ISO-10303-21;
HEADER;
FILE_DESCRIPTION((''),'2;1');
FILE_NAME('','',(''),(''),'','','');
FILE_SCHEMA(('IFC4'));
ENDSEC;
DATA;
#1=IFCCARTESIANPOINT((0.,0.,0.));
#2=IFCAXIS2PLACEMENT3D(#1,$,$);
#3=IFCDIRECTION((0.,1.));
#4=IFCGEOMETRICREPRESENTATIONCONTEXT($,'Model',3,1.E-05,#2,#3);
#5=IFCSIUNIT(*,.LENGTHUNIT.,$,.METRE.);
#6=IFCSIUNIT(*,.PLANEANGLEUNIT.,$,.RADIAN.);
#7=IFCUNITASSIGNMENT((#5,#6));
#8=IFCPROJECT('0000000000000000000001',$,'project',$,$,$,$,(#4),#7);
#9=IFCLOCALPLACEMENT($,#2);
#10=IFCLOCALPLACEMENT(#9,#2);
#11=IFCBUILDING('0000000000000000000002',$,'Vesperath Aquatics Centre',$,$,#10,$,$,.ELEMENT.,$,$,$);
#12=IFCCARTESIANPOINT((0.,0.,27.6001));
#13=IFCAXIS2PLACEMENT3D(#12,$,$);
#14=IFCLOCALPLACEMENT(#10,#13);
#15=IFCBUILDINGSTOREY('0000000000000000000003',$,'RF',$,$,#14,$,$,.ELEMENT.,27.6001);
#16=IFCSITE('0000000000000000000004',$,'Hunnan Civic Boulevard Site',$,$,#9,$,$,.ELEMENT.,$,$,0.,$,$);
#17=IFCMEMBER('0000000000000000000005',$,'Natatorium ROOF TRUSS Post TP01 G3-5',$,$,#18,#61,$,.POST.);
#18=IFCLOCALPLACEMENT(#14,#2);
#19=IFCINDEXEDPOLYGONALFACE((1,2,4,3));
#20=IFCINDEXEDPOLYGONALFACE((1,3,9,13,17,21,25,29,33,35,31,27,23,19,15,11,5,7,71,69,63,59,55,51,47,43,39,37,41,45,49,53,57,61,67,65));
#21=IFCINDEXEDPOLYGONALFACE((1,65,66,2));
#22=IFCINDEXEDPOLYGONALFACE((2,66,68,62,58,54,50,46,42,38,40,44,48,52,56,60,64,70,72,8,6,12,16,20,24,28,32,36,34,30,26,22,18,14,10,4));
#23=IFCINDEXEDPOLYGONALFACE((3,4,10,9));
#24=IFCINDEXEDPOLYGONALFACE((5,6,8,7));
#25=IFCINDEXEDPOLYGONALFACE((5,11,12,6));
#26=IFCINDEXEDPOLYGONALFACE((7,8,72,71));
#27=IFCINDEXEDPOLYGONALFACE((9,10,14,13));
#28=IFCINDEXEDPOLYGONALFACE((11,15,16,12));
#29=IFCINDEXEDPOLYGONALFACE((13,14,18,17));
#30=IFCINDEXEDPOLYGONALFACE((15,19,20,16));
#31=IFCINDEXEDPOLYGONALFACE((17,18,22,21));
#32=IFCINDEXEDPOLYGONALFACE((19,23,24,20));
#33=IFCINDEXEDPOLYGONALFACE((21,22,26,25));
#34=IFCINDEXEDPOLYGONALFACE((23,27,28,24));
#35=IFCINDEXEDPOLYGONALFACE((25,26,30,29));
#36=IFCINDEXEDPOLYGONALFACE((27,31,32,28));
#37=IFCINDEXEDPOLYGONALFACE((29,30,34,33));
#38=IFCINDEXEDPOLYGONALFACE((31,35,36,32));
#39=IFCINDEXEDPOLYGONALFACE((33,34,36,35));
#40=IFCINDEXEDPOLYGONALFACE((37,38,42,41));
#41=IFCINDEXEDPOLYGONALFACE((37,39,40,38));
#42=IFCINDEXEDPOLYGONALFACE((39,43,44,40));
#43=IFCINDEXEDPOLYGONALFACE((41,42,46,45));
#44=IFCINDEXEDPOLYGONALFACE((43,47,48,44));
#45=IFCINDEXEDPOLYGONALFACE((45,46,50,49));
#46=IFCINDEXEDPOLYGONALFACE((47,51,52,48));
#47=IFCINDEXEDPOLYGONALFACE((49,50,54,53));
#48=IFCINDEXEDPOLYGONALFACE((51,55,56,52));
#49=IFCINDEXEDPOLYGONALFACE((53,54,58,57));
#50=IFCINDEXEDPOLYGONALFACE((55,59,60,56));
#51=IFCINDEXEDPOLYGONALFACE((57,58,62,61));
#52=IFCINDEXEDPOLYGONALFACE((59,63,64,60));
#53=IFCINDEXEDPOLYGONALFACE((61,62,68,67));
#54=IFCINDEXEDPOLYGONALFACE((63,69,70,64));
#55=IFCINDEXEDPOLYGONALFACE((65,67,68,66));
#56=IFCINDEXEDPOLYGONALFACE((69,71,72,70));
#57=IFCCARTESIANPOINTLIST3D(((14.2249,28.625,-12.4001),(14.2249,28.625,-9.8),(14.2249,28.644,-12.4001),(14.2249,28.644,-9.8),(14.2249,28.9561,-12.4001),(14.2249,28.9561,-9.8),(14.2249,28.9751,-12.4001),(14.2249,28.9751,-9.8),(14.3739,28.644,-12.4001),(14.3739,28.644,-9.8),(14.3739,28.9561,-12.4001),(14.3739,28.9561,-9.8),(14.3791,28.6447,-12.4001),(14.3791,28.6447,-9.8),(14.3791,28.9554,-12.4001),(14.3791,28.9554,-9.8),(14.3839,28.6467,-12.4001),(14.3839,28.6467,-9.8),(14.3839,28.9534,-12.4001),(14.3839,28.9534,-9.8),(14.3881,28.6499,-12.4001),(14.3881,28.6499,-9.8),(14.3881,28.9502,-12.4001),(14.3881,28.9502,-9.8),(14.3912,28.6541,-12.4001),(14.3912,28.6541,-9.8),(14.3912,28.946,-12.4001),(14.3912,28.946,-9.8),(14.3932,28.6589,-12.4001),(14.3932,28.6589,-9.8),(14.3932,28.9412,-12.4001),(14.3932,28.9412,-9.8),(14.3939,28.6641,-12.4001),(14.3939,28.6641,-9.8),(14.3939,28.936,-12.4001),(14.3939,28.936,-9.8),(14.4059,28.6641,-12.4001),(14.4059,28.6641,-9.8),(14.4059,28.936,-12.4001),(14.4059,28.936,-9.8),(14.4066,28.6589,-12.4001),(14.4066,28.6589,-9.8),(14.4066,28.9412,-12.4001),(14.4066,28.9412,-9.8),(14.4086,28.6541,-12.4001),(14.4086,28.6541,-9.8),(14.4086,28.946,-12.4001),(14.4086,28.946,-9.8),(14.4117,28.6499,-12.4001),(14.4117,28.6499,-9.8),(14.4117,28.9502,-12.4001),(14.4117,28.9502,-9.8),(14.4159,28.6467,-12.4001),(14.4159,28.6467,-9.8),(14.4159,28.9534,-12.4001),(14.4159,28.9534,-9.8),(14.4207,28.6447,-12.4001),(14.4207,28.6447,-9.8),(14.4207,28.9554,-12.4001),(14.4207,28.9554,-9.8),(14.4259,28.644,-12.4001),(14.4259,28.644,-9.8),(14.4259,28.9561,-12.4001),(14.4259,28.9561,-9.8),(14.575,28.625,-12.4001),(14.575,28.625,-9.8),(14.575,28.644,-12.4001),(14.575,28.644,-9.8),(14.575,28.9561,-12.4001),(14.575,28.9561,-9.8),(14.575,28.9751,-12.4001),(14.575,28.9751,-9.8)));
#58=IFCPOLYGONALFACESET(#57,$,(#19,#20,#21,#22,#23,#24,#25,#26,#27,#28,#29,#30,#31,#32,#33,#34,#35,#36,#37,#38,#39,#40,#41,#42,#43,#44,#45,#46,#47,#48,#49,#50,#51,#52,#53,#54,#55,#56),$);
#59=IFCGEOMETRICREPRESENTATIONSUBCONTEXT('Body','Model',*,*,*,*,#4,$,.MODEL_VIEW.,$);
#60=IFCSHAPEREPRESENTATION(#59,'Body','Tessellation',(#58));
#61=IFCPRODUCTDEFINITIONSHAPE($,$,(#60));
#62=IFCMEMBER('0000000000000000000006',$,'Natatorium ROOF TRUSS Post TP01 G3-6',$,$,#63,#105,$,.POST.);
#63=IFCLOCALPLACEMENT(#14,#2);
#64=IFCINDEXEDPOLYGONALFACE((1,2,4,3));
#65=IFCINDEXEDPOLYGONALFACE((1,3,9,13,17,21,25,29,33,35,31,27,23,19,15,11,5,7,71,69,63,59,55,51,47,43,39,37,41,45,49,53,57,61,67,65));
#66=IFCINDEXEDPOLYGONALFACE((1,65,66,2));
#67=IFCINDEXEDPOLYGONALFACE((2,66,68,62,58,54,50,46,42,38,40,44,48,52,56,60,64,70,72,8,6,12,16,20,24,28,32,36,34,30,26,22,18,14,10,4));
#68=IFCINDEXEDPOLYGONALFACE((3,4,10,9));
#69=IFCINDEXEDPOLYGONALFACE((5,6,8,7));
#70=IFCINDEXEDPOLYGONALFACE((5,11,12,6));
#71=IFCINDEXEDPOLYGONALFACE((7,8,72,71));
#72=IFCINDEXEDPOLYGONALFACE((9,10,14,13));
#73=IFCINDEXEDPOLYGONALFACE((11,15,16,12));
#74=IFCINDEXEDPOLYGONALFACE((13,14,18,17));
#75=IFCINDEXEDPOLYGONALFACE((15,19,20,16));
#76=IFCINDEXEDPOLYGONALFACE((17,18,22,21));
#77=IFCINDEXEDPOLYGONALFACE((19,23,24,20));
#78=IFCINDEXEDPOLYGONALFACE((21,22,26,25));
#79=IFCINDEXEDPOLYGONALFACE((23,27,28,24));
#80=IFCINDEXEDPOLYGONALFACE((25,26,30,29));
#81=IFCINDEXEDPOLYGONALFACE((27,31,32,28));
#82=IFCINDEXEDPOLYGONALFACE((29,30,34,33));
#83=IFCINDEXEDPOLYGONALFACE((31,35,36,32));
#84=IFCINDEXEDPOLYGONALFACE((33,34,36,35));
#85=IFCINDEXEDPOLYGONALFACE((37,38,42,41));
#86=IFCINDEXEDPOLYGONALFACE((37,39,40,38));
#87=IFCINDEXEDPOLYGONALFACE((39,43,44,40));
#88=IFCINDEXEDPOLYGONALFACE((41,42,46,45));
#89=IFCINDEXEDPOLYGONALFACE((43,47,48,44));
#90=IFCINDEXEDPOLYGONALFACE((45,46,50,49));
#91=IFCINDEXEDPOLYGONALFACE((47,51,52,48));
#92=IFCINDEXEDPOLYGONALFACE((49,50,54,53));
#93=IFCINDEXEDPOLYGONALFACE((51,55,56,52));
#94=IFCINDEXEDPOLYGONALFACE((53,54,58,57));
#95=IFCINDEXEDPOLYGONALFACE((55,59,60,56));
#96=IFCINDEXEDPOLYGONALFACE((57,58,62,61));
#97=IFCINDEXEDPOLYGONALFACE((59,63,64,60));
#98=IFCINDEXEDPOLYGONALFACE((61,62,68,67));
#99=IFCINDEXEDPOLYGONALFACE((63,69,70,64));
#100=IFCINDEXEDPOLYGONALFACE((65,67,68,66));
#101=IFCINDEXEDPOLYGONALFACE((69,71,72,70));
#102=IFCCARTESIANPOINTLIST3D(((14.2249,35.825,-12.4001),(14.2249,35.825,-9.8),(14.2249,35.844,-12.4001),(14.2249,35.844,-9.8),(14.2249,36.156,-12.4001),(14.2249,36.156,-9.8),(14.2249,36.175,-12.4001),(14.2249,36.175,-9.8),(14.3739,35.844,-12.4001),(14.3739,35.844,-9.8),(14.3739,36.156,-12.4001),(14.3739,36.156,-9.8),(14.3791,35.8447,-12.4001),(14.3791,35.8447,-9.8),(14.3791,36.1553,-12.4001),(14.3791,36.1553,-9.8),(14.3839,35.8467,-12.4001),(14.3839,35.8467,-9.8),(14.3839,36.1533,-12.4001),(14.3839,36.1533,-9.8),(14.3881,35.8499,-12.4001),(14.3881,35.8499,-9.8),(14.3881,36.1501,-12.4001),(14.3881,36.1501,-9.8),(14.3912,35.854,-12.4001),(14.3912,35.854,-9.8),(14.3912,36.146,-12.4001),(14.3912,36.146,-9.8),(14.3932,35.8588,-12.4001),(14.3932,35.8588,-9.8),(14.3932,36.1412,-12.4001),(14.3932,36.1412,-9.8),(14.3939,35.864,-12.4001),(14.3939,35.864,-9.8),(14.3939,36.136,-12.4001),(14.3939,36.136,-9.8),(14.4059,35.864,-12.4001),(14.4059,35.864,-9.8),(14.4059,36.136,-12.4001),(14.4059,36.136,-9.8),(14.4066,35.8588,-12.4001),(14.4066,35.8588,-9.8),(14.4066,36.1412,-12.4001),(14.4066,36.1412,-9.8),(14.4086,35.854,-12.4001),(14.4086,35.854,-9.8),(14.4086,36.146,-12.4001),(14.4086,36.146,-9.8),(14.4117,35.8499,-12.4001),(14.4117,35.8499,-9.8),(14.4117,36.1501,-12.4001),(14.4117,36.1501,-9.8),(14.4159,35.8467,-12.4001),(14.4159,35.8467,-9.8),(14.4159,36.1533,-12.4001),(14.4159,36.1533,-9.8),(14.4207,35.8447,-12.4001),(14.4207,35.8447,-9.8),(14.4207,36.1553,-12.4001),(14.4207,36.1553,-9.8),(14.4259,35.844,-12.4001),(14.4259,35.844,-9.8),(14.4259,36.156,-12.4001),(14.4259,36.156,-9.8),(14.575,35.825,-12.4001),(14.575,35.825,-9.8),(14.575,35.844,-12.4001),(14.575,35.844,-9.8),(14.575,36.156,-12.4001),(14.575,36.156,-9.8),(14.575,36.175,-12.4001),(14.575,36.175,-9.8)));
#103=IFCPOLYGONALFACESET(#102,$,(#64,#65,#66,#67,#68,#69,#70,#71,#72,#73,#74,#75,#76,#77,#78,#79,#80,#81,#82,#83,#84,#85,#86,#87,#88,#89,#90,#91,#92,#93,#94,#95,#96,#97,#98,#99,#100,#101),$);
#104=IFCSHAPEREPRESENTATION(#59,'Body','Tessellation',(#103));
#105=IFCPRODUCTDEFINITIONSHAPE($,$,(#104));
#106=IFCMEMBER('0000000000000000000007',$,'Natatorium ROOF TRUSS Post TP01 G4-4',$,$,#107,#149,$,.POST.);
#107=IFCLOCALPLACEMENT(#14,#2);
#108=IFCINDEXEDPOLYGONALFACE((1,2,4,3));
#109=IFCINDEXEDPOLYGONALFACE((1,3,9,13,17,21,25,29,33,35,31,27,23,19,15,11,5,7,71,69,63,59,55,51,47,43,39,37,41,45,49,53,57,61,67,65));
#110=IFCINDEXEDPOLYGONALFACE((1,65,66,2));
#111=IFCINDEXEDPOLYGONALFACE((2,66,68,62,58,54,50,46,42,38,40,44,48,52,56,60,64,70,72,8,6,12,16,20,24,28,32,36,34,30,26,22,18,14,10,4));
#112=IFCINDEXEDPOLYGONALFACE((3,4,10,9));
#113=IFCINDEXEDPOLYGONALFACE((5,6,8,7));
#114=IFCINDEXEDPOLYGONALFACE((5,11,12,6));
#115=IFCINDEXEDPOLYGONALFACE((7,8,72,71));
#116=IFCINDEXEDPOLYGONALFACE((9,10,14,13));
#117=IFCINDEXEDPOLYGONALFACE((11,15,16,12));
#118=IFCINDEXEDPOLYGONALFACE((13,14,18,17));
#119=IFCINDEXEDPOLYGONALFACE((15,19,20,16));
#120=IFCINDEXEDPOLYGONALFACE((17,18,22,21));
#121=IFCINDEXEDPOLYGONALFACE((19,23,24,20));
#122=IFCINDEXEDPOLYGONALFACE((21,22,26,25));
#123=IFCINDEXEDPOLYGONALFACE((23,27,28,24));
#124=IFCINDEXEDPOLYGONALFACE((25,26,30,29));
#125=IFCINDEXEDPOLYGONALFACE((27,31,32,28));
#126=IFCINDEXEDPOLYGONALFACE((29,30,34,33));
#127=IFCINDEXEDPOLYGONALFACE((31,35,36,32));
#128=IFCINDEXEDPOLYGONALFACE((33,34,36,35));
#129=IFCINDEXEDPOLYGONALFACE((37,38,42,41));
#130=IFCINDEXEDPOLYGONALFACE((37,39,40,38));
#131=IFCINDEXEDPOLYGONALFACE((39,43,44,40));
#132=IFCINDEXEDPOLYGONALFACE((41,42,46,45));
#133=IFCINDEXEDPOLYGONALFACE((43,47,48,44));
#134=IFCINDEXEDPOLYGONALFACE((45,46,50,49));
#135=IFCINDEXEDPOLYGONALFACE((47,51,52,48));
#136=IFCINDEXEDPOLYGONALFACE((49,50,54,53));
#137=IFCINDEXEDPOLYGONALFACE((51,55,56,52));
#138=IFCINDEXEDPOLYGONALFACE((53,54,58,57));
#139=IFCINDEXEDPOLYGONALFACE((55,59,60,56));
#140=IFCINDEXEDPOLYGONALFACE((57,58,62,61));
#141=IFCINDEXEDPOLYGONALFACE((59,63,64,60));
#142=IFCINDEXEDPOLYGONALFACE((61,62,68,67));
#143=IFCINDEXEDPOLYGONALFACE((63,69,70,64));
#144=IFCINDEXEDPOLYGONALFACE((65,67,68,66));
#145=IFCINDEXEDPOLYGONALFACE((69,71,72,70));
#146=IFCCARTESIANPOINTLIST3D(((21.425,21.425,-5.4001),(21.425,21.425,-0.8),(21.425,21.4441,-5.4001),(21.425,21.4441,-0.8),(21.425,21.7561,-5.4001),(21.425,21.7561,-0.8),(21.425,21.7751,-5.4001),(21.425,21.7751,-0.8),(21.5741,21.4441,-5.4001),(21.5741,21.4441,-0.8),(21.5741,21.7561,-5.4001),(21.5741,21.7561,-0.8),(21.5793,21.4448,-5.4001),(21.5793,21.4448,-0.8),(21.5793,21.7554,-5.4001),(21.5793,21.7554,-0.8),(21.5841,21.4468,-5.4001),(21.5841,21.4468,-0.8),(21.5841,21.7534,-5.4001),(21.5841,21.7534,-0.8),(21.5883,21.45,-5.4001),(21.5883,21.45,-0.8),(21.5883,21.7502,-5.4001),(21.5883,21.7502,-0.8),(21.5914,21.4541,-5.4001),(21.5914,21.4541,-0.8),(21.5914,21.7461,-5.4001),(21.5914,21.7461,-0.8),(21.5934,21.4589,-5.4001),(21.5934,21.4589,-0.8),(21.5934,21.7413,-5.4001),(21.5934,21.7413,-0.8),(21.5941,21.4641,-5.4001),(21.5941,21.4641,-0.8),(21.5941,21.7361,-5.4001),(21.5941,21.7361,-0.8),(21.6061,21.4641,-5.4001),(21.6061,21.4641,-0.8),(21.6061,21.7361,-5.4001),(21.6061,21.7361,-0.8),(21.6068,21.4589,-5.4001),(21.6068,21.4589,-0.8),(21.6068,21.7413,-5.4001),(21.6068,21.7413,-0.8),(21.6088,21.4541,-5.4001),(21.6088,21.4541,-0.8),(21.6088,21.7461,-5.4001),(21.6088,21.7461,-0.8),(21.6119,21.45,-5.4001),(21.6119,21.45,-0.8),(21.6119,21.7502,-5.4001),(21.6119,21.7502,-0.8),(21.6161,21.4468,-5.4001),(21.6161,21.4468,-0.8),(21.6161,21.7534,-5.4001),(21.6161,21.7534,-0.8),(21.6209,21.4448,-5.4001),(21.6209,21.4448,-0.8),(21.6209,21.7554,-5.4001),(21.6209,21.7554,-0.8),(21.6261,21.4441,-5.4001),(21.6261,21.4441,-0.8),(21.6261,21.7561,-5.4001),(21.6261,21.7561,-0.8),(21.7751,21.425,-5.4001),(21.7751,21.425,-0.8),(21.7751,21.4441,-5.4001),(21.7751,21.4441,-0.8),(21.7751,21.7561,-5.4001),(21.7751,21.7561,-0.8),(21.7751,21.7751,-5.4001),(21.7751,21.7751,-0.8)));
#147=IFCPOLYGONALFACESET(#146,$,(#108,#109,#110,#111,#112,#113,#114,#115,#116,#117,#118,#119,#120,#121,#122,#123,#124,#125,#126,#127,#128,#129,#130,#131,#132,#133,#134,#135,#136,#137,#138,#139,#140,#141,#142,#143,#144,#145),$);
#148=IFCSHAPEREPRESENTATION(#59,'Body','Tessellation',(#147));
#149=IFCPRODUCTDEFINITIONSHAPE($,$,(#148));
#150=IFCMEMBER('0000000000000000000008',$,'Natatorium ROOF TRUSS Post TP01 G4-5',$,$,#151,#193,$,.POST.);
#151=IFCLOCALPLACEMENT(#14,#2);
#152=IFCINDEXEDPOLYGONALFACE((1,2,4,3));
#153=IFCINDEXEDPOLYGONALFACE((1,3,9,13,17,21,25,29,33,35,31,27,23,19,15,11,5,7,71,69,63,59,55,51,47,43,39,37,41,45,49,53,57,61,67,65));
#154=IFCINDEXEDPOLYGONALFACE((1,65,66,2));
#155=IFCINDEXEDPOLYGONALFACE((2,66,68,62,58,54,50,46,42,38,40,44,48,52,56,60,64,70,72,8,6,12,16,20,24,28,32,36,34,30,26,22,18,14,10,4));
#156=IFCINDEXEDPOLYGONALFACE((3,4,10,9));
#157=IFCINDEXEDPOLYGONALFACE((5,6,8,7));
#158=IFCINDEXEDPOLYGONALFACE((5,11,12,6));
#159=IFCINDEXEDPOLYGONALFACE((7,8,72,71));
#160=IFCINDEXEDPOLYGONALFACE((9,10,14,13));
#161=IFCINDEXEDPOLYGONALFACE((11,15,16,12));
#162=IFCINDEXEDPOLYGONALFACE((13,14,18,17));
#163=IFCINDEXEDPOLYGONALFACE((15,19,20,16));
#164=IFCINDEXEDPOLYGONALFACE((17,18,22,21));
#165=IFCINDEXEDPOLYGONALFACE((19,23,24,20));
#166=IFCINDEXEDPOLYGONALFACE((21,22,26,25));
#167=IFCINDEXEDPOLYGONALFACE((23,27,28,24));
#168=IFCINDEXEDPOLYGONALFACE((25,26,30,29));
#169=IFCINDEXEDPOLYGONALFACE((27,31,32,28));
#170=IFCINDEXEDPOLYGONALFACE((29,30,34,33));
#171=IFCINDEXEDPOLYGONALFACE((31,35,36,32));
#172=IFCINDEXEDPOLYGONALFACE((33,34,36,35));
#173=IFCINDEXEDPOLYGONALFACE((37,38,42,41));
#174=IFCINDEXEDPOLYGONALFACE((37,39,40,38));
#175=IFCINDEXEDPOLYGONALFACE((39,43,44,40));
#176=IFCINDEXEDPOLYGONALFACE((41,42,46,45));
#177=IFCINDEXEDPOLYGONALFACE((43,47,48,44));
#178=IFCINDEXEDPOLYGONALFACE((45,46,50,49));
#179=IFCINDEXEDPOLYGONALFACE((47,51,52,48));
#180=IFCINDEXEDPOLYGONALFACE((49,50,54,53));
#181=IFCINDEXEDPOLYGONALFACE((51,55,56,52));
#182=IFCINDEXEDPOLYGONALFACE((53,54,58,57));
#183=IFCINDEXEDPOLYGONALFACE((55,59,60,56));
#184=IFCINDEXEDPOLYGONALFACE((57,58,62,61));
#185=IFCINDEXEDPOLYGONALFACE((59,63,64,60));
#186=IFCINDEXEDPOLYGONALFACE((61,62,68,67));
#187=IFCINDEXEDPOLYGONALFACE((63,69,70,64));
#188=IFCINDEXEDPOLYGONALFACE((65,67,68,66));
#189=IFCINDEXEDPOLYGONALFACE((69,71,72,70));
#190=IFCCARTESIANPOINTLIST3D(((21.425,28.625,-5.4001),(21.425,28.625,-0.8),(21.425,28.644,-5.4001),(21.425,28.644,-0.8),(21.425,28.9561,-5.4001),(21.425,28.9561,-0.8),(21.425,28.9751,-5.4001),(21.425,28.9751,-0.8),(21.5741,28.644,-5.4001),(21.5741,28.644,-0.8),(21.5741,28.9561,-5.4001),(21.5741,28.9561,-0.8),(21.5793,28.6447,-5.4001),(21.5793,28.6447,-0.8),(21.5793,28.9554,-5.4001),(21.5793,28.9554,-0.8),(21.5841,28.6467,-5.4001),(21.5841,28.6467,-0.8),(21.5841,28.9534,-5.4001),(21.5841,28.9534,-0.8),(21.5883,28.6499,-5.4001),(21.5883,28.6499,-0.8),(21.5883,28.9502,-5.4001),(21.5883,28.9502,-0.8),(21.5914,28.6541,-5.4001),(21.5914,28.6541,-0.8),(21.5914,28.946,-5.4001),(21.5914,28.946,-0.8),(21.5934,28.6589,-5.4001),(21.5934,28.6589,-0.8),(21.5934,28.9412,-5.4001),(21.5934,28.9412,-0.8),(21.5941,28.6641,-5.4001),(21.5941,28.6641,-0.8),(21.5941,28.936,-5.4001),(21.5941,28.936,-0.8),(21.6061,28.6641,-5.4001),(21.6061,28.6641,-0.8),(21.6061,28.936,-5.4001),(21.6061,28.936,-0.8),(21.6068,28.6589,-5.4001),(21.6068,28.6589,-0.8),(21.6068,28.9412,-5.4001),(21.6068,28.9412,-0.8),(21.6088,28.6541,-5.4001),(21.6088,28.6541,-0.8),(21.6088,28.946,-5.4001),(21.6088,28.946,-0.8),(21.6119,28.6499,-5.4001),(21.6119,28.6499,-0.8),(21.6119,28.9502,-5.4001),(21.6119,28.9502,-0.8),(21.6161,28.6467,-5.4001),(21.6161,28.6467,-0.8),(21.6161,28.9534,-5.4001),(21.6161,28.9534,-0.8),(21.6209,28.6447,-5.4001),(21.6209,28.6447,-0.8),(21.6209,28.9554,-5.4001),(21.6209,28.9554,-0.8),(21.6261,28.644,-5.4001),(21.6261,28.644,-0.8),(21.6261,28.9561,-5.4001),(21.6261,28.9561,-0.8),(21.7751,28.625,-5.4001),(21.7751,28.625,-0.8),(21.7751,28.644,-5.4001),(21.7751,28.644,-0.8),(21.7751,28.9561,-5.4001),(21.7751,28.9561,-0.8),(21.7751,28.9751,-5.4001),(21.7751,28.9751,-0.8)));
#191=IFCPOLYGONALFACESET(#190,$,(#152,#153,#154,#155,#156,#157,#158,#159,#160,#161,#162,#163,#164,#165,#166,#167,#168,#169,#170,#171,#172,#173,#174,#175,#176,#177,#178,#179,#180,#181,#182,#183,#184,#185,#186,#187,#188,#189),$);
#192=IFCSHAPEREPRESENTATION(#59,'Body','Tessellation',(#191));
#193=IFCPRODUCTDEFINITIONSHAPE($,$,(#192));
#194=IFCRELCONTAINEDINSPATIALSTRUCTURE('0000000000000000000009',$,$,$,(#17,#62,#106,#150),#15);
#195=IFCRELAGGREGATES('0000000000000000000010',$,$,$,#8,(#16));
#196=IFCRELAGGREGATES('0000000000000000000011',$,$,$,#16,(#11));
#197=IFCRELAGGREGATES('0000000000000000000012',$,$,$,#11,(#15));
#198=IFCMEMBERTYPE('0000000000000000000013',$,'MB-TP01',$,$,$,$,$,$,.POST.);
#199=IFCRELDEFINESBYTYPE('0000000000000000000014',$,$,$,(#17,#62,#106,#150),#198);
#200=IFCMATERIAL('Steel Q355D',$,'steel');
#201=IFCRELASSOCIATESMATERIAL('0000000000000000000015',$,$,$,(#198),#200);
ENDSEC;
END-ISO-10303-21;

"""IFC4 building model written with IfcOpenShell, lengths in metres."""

from ifc_helpers import new_model, si_unit, direction, frame, origin, origin_2d, place, context, subcontext, project, spatial, i_section, extrude, material, material_profile, profile_set, type_object, element, save


model = new_model("IFC4")

# Units and contexts
model_context = context("Model", 3, precision=1e-05, world=origin(), true_north=direction((0.0, 1.0)))
body_context = subcontext(model_context, "Body", "Model", "MODEL_VIEW")
ifc_project = project(units=[si_unit("LENGTHUNIT", "METRE"), si_unit("PLANEANGLEUNIT", "RADIAN")], contexts=[model_context])

# Site, building, storey
site_placement = place(None, origin())
site = spatial("IfcSite", under=ifc_project, at=site_placement, Name="Hunnan Civic Boulevard Site", CompositionType="ELEMENT", RefElevation=0.0)
building_placement = place(site_placement, origin())
building = spatial("IfcBuilding", under=site, at=building_placement, Name="Vesperath Aquatics Centre", CompositionType="ELEMENT")
storey_placement = place(building_placement, frame((0.0, 0.0, 27.6001)))
storey = spatial("IfcBuildingStorey", under=building, at=storey_placement, Name="RF", CompositionType="ELEMENT", Elevation=27.6001)

# Members
ifc_material_1 = material(Name="Steel Q355D", Category="steel")
ifc_material_profile_1 = material_profile(ifc_material_1, i_section(OverallWidth=0.3501, OverallDepth=0.3501, WebThickness=0.012, FlangeThickness=0.019, FilletRadius=0.02, at=origin_2d()), Name="HW 350x350x12x19")
ifc_profile_set_1 = profile_set([ifc_material_profile_1], Name="Steel Q355D")
member_type_1 = type_object("IfcMemberType", Name="MB-TP01", PredefinedType="POST", material=ifc_profile_set_1)
for number, where, z_axis, x_axis, name in (
    (1, (14.3999, 28.8, -12.4001), (0.0, 0.0, 1.0), (1.0, 0.0, 0.0), "Natatorium ROOF TRUSS Post TP01 G3-5"),
    (2, (14.3999, 36.0, -12.4001), (0.0, 0.0, 1.0), (1.0, 0.0, 0.0), "Natatorium ROOF TRUSS Post TP01 G3-6"),
):
    element("IfcMember", number, at=place(storey_placement, frame(where, z_axis=z_axis, x_axis=x_axis)), inside=storey, type_object=member_type_1, Name=name, PredefinedType="POST", context=body_context, shape_type="SweptSolid", body=[
        extrude(i_section(OverallWidth=0.3501, OverallDepth=0.3501, WebThickness=0.012, FlangeThickness=0.019, FilletRadius=0.02, at=origin_2d()), origin(), (0.0, 0.0, 1.0), 2.6001),
    ])
for number, where, z_axis, x_axis, name in (
    (3, (21.6001, 21.6001, -5.4001), (0.0, 0.0, 1.0), (1.0, 0.0, 0.0), "Natatorium ROOF TRUSS Post TP01 G4-4"),
    (4, (21.6001, 28.8, -5.4001), (0.0, 0.0, 1.0), (1.0, 0.0, 0.0), "Natatorium ROOF TRUSS Post TP01 G4-5"),
):
    element("IfcMember", number, at=place(storey_placement, frame(where, z_axis=z_axis, x_axis=x_axis)), inside=storey, type_object=member_type_1, Name=name, PredefinedType="POST", context=body_context, shape_type="SweptSolid", body=[
        extrude(i_section(OverallWidth=0.3501, OverallDepth=0.3501, WebThickness=0.012, FlangeThickness=0.019, FilletRadius=0.02, at=origin_2d()), origin(), (0.0, 0.0, 1.0), 4.6001),
    ])

save(model, "model.ifc")
